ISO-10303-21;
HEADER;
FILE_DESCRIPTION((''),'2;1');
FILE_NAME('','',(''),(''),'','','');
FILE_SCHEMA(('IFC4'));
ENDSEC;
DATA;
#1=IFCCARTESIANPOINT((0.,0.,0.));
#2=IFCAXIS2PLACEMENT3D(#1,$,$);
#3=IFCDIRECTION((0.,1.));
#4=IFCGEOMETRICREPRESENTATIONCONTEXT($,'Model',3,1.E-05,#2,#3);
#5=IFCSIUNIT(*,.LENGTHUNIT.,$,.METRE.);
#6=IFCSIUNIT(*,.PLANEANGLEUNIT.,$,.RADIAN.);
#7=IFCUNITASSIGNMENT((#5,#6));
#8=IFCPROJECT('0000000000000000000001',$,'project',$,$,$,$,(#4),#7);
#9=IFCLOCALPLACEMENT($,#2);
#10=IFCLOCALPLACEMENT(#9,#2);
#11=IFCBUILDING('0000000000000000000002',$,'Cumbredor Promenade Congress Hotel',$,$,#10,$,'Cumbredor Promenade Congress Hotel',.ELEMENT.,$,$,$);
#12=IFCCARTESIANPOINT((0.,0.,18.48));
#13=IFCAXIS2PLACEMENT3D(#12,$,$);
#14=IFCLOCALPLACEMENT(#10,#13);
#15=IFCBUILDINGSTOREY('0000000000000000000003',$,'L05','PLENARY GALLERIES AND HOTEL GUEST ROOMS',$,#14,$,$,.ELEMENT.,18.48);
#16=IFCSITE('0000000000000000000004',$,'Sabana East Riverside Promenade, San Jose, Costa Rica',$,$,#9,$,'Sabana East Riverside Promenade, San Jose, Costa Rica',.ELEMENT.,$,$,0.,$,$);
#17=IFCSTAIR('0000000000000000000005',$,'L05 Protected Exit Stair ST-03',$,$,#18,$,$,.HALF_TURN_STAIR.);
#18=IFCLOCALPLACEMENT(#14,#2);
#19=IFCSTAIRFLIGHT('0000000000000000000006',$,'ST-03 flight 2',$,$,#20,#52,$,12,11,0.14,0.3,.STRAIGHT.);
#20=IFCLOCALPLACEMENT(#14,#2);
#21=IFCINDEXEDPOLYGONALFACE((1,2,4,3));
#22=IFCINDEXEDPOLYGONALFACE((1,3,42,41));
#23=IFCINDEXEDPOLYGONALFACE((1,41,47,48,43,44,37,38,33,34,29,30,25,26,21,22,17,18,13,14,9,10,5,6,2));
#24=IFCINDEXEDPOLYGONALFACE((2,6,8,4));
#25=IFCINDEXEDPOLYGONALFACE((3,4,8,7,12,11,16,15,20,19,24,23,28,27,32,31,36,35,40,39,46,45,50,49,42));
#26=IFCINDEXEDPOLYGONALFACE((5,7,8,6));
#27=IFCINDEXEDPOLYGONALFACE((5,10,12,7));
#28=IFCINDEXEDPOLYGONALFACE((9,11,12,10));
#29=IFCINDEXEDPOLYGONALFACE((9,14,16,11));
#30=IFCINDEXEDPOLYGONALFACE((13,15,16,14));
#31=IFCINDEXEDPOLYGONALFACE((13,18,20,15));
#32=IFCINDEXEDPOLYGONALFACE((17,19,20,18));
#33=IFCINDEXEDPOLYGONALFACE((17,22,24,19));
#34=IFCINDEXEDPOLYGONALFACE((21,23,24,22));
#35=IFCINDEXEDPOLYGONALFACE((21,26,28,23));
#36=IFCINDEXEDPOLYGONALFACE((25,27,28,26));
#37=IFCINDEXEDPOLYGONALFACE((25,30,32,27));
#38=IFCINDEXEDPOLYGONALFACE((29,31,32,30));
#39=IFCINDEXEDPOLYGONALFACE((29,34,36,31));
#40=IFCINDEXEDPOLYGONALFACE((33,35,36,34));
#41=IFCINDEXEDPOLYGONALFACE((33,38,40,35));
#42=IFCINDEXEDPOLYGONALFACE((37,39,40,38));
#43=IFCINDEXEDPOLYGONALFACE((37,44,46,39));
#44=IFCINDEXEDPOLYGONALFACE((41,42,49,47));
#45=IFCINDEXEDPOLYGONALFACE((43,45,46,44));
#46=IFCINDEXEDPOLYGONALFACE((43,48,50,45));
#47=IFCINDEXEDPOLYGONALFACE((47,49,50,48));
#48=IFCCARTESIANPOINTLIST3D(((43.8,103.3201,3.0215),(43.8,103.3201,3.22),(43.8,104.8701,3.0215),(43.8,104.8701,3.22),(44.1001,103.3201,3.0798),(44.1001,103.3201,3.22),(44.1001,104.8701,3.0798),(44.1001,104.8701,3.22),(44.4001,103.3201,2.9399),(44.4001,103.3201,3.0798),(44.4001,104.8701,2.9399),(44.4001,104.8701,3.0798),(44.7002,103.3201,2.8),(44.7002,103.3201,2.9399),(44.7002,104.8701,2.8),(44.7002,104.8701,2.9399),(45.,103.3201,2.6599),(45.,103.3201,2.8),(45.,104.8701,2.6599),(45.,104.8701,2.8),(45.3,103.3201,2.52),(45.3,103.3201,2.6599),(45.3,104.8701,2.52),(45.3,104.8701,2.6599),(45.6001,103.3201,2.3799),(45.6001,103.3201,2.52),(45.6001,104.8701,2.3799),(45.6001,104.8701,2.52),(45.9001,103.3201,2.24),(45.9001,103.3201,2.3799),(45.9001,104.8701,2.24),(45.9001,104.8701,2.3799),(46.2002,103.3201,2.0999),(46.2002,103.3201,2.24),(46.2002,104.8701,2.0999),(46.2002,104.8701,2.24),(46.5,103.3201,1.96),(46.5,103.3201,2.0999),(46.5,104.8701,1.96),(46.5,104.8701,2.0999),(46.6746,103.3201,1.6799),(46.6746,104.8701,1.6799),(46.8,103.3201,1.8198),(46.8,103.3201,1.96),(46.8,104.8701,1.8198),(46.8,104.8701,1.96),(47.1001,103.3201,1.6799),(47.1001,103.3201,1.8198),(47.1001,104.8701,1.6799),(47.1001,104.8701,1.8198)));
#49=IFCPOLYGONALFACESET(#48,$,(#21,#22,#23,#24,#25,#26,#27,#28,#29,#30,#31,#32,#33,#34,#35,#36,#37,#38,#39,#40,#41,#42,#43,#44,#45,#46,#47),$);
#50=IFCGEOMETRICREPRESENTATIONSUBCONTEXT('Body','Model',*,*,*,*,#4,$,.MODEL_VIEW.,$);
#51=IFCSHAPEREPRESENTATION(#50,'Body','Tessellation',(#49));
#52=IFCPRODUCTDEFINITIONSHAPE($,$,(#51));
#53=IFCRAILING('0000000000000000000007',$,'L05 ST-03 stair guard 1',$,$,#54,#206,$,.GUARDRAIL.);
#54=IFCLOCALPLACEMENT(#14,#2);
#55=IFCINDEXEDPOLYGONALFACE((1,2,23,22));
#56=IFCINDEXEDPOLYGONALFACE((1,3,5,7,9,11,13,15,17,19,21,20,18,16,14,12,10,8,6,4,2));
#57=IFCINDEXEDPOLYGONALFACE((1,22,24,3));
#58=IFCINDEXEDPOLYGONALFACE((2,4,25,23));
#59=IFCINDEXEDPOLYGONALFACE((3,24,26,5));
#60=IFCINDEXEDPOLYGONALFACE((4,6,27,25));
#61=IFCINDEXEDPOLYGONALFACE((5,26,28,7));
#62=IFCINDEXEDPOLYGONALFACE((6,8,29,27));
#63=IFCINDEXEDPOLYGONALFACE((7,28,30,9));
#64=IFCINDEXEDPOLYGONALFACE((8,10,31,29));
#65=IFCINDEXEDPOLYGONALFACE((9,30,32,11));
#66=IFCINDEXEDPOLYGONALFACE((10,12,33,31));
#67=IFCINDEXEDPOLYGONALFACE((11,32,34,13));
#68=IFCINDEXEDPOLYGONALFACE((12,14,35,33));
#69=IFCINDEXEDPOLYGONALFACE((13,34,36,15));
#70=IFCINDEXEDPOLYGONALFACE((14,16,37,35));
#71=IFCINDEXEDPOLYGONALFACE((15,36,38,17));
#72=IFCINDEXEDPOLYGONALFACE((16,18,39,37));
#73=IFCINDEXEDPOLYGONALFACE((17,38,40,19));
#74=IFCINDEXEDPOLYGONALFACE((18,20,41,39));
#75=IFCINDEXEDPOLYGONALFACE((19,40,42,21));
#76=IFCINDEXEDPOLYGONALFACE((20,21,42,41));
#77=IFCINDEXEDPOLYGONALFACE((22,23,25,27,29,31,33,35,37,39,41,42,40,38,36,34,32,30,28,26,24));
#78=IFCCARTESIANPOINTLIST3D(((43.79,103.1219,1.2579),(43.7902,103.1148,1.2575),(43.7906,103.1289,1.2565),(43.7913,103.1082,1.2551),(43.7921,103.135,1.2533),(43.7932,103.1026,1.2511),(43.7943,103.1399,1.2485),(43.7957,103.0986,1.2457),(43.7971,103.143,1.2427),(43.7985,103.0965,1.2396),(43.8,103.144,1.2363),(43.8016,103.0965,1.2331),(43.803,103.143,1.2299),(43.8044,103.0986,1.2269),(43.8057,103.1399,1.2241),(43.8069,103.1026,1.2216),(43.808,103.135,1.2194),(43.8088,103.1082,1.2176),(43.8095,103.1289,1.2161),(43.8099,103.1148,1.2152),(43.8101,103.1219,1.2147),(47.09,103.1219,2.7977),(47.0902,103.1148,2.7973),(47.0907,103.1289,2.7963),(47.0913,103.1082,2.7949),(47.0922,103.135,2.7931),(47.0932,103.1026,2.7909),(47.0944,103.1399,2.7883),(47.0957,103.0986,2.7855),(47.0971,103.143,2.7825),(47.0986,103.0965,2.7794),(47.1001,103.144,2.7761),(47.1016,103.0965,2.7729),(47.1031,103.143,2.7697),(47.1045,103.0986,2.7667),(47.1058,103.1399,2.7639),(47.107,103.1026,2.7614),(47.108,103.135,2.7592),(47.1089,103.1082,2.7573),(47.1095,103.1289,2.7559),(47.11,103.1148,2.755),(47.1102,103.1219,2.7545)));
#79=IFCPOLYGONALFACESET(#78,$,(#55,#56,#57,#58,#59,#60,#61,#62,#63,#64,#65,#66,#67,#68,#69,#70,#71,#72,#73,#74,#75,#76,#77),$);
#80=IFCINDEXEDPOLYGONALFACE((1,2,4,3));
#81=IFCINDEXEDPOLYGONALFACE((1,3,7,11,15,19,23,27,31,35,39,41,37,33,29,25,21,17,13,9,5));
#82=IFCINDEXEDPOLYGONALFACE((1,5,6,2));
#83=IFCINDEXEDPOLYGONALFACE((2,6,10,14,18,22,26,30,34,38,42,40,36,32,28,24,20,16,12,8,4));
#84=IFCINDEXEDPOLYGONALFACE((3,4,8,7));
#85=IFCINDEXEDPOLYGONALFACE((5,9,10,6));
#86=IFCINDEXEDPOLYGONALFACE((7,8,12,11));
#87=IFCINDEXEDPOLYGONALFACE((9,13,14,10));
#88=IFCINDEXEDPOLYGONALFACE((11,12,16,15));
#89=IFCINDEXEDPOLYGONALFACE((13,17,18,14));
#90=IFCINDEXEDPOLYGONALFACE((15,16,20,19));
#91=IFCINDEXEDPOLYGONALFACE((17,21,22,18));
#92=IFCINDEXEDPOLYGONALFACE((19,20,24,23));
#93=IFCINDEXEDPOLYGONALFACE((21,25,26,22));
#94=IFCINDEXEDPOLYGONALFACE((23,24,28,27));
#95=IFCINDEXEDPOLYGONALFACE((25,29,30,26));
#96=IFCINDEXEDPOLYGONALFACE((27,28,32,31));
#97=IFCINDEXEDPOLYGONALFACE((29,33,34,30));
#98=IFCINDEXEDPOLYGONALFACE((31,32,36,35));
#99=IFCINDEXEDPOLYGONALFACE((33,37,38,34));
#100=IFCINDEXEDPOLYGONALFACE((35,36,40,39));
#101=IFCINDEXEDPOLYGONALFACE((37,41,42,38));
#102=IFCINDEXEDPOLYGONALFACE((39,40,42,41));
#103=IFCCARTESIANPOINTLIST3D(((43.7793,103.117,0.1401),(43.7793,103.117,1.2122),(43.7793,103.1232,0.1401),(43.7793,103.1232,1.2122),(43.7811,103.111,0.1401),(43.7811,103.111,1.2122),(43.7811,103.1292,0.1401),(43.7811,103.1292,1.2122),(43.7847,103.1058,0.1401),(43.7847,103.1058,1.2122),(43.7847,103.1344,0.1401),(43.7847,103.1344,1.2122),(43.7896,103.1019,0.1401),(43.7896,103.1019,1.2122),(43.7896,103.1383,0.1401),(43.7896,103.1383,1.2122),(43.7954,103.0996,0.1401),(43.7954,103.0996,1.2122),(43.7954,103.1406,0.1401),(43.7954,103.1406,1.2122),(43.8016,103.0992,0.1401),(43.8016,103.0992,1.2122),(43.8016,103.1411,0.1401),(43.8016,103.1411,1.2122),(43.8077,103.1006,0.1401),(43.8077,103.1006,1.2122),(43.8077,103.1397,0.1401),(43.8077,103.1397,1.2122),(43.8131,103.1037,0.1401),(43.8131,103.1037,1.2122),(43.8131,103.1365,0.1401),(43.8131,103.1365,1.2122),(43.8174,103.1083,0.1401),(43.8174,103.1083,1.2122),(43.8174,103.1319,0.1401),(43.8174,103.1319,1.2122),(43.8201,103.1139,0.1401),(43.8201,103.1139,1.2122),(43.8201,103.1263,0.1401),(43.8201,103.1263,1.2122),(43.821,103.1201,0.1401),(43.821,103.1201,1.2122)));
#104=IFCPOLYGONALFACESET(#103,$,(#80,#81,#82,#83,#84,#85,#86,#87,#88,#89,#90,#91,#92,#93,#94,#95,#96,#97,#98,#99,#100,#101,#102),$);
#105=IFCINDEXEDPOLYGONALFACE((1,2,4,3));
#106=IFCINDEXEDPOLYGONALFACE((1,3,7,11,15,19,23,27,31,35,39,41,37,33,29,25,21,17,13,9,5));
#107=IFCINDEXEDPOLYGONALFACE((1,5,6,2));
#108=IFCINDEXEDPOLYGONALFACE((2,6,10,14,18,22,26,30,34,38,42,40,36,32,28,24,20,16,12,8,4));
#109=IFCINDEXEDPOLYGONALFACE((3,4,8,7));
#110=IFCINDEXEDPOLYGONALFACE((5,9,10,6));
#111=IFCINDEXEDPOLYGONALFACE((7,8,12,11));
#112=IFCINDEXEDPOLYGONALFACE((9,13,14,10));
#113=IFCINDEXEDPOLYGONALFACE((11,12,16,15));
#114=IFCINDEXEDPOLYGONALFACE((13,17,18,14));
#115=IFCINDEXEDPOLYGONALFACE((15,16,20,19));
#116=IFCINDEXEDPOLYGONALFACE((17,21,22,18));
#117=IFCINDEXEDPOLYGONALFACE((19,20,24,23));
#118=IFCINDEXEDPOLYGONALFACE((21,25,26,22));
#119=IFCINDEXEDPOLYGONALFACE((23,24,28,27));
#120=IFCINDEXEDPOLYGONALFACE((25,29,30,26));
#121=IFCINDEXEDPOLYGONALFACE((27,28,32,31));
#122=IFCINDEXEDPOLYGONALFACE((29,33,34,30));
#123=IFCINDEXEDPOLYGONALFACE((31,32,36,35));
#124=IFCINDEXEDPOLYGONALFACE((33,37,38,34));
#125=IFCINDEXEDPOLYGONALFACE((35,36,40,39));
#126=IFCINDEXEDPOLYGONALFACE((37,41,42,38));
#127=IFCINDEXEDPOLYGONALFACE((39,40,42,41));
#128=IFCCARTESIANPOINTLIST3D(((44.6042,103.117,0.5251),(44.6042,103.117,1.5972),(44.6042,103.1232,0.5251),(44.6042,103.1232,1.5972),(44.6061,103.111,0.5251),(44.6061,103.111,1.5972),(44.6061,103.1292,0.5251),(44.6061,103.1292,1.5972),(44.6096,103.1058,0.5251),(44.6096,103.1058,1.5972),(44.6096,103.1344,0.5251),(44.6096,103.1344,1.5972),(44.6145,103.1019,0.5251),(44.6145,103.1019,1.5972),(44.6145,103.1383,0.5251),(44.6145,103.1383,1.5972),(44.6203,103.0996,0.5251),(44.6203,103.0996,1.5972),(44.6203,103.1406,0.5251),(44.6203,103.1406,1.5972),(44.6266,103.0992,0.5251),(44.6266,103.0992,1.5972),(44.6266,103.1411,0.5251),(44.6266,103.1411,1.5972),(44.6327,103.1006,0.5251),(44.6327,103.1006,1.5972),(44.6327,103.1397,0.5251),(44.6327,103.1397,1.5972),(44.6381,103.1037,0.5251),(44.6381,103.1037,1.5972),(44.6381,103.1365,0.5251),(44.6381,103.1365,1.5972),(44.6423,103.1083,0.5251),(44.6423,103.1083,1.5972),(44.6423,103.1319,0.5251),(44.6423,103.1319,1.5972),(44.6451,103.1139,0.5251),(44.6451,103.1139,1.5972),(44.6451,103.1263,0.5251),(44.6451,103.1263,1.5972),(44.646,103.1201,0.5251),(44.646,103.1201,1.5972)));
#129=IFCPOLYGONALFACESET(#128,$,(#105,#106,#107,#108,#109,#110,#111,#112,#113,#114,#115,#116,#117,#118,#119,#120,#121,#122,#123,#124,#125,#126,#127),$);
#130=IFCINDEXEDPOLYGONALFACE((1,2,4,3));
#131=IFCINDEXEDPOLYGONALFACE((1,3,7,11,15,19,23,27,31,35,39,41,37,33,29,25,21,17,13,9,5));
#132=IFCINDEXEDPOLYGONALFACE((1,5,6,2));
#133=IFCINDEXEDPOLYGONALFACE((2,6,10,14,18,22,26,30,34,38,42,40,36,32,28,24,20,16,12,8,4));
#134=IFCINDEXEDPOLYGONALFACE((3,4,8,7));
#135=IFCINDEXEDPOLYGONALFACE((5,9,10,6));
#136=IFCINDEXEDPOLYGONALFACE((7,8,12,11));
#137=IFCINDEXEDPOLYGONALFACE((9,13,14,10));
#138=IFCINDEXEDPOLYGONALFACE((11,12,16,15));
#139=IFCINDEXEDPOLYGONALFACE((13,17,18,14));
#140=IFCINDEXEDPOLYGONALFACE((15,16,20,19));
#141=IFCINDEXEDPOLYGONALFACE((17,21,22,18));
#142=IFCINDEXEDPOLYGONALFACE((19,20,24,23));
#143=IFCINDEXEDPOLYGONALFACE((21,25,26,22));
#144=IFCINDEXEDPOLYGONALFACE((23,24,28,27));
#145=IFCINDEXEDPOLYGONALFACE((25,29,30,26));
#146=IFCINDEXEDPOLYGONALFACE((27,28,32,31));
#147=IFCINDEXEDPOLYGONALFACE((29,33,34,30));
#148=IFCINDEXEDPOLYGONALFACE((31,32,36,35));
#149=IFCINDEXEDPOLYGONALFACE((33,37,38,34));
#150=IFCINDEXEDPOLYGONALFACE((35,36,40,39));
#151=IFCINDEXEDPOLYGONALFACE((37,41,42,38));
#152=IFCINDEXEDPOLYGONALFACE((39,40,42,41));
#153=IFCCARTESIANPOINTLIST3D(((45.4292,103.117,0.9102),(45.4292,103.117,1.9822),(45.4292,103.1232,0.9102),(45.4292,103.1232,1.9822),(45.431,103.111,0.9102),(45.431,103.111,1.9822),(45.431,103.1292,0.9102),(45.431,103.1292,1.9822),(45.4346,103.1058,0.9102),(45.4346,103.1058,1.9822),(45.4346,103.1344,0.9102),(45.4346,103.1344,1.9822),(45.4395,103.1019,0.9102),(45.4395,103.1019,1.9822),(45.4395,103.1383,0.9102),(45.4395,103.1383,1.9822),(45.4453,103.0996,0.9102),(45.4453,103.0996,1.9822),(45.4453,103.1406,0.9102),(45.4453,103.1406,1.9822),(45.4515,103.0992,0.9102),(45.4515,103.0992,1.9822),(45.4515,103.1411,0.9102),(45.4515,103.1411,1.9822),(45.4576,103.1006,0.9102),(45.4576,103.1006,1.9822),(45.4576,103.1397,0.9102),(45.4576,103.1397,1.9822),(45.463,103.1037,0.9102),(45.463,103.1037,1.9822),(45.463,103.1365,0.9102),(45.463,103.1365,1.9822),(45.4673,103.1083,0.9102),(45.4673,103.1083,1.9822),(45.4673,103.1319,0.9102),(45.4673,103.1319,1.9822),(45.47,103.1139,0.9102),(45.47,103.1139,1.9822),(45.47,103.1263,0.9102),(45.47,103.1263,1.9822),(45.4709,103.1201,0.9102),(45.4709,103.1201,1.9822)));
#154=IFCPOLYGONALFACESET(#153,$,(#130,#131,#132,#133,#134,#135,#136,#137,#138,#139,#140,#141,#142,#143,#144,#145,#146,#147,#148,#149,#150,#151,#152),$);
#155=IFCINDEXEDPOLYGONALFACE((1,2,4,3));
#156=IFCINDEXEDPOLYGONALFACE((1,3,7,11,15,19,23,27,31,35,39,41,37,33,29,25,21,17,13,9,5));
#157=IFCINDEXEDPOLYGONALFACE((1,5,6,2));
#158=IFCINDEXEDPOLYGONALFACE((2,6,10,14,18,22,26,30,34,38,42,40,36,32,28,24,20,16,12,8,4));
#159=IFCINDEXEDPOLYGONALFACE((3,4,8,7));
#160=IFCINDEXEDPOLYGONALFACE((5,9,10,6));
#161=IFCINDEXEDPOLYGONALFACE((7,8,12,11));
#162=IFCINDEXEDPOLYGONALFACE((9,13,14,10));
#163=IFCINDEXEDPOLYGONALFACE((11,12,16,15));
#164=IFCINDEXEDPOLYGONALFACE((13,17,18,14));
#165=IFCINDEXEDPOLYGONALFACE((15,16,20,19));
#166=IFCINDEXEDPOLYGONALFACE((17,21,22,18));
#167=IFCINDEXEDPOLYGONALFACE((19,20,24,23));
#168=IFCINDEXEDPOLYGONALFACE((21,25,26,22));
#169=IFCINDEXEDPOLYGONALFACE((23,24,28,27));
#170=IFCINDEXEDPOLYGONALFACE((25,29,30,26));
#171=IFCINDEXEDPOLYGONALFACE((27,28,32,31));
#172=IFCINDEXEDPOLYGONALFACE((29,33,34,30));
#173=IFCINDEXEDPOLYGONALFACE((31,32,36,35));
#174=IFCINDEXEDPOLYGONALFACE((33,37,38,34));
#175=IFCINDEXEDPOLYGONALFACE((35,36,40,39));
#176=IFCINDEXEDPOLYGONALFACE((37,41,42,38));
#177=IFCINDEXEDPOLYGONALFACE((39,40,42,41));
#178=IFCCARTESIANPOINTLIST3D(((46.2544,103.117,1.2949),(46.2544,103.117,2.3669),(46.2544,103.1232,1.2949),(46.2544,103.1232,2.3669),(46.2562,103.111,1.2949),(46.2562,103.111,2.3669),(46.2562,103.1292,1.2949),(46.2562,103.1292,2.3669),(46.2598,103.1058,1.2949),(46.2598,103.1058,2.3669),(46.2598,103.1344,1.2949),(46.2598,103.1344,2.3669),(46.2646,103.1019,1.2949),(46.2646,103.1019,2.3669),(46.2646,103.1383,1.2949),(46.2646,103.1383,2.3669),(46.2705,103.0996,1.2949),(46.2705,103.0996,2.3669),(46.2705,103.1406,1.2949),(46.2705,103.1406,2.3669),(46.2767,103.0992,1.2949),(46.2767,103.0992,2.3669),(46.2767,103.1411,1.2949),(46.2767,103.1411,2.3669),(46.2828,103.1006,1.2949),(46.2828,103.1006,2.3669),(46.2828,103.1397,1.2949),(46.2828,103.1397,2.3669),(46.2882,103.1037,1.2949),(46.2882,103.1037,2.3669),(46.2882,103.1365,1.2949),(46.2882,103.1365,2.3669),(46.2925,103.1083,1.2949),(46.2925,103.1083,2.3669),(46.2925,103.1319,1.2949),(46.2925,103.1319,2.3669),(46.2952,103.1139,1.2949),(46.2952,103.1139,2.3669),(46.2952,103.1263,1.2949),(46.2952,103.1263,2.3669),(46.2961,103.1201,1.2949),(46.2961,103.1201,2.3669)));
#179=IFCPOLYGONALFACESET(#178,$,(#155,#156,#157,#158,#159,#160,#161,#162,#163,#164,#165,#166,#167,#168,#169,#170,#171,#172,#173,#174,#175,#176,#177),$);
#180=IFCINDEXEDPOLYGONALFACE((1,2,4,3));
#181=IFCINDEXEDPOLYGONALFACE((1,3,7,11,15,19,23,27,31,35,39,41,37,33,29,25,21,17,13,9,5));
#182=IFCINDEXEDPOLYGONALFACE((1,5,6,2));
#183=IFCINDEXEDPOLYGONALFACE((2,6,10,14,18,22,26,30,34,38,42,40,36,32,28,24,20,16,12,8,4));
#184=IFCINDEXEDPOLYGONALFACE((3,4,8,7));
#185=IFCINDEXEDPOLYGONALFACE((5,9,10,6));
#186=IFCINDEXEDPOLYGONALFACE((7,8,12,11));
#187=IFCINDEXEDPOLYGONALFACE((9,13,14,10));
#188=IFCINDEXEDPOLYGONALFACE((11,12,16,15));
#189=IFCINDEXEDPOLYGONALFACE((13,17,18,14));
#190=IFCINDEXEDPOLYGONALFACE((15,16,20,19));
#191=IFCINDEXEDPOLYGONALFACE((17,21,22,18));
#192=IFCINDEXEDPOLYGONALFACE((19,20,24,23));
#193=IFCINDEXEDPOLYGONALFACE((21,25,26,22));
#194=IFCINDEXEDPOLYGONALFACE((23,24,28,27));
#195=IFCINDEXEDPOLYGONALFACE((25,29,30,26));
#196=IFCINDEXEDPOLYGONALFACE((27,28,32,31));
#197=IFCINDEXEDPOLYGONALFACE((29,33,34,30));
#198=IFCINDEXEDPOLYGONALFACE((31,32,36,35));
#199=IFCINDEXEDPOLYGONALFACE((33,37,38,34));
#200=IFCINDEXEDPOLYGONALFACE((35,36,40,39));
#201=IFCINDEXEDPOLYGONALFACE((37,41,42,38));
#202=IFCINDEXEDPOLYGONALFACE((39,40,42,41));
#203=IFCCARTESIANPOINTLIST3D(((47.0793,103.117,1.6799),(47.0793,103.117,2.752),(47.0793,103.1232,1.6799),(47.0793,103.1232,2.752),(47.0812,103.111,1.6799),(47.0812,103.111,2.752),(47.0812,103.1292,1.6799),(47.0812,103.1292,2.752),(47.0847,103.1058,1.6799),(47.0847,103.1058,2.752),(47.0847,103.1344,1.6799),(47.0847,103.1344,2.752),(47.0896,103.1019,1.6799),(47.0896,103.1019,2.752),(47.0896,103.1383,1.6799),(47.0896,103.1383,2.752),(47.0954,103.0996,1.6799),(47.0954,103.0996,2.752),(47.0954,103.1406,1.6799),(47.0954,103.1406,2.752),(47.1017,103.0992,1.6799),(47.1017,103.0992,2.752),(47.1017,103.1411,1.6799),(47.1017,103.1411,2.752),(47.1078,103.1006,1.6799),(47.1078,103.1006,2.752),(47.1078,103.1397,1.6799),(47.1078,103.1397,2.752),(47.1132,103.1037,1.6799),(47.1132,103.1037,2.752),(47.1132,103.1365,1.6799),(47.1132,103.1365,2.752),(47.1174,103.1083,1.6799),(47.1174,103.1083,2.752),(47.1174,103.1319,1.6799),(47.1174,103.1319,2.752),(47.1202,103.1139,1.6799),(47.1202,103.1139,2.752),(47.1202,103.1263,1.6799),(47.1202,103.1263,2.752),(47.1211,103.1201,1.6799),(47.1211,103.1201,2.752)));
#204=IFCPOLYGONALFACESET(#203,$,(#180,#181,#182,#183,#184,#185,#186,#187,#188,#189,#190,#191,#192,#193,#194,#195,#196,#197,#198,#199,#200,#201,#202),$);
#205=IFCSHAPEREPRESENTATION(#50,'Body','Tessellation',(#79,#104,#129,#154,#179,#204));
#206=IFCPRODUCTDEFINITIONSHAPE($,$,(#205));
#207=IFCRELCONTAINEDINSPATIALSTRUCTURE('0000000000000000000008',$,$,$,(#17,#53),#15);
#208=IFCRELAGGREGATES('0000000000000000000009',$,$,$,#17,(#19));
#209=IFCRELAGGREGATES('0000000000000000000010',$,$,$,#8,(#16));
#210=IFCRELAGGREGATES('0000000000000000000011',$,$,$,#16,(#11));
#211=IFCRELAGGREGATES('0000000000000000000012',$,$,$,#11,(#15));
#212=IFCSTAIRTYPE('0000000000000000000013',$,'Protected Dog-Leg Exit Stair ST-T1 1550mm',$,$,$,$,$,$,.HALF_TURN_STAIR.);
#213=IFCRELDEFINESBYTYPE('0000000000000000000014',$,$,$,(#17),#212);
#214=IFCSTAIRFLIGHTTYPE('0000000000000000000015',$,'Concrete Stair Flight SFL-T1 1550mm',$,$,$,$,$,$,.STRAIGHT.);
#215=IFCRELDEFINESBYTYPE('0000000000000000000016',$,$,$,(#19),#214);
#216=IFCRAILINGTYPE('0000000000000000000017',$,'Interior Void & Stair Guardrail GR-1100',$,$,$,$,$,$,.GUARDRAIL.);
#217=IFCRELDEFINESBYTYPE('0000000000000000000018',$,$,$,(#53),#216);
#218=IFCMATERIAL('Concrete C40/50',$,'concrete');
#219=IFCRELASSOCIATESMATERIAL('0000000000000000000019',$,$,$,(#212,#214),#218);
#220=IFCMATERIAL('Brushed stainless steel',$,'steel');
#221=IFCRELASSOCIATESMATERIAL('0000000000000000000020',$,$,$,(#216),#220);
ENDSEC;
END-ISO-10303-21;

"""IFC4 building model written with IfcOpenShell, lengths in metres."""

from ifc_helpers import new_model, si_unit, direction, frame, origin, origin_2d, place, context, subcontext, project, spatial, polyline, circle, outline, extrude, material, type_object, element, aggregate, save


model = new_model("IFC4")

# Units and contexts
model_context = context("Model", 3, precision=1e-05, world=origin(), true_north=direction((0.0, 1.0)))
body_context = subcontext(model_context, "Body", "Model", "MODEL_VIEW")
ifc_project = project(units=[si_unit("LENGTHUNIT", "METRE"), si_unit("PLANEANGLEUNIT", "RADIAN")], contexts=[model_context])

# Site, building, storey
site_placement = place(None, origin())
site = spatial("IfcSite", under=ifc_project, at=site_placement, Name="Sabana East Riverside Promenade, San Jose, Costa Rica", LongName="Sabana East Riverside Promenade, San Jose, Costa Rica", CompositionType="ELEMENT", RefElevation=0.0)
building_placement = place(site_placement, origin())
building = spatial("IfcBuilding", under=site, at=building_placement, Name="Cumbredor Promenade Congress Hotel", LongName="Cumbredor Promenade Congress Hotel", CompositionType="ELEMENT")
storey_placement = place(building_placement, frame((0.0, 0.0, 18.48)))
storey = spatial("IfcBuildingStorey", under=building, at=storey_placement, Name="L05", Description="PLENARY GALLERIES AND HOTEL GUEST ROOMS", CompositionType="ELEMENT", Elevation=18.48)

# Shared definitions
ifc_material_1 = material(Name="Concrete C40/50", Category="concrete")

# Stair, stair flight
stair_type = type_object("IfcStairType", Name="Protected Dog-Leg Exit Stair ST-T1 1550mm", PredefinedType="HALF_TURN_STAIR", material=ifc_material_1)
stair_placement = place(storey_placement, origin())
stair = element("IfcStair", 1, at=stair_placement, inside=storey, type_object=stair_type, Name="L05 Protected Exit Stair ST-03", PredefinedType="HALF_TURN_STAIR")
stair_flight_type = type_object("IfcStairFlightType", Name="Concrete Stair Flight SFL-T1 1550mm", PredefinedType="STRAIGHT", material=ifc_material_1)
stair_flight_placement = place(storey_placement, frame((47.1001, 104.095, 1.6799), z_axis=(0.0, 0.0, 1.0), x_axis=(-1.0, 0.0, 0.0)))
stair_flight = element("IfcStairFlight", 2, at=stair_flight_placement, type_object=stair_flight_type, Name="ST-03 flight 2", NumberOfRisers=12, NumberOfTreads=11, PredefinedType="STRAIGHT", RiserHeight=0.14, TreadLength=0.3, context=body_context, shape_type="SweptSolid", body=[
    extrude(outline(polyline([(0.0, 0.0), (0.0, 0.1399), (0.3, 0.1399), (0.3, 0.28), (0.6001, 0.28), (0.6001, 0.4199), (0.8999, 0.4199), (0.8999, 0.5601), (1.2, 0.5601), (1.2, 0.7), (1.5, 0.7), (1.5, 0.8401), (1.8, 0.8401), (1.8, 0.98), (2.1001, 0.98), (2.1001, 1.1201), (2.3999, 1.1201), (2.3999, 1.26), (2.7, 1.26), (2.7, 1.3999), (3.0, 1.3999), (3.0, 1.54), (3.3, 1.54), (3.3, 1.6799), (3.3, 1.3416), (0.4255, 0.0), (0.0, 0.0)])), frame((0.0, 0.7749, 0.0), z_axis=(0.0, -1.0, 0.0), x_axis=(1.0, 0.0, 0.0)), (0.0, 0.0, 1.0), 1.55),
])
aggregate(stair, [stair_flight])

# Railing
ifc_material_2 = material(Name="Brushed stainless steel", Category="steel")
railing_type_1 = type_object("IfcRailingType", Name="Interior Void & Stair Guardrail GR-1100", PredefinedType="GUARDRAIL", material=ifc_material_2)
railing_1_placement = place(storey_placement, frame((43.8, 103.1201, 0.1401)))
element("IfcRailing", 3, at=railing_1_placement, inside=storey, type_object=railing_type_1, Name="L05 ST-03 stair guard 1", PredefinedType="GUARDRAIL", context=body_context, shape_type="SweptSolid", body=[
    extrude(circle(Radius=0.0239, at=origin_2d()), frame((0.0, 0.0, 1.0962), z_axis=(0.906207, 0.0, 0.422834), x_axis=(0.0, 1.0, 0.0)), (0.0, 0.0, 1.0), 3.6416),
    extrude(circle(Radius=0.021, at=origin_2d()), origin(), (0.0, 0.0, 1.0), 1.072),
    extrude(circle(Radius=0.021, at=origin_2d()), frame((0.825, 0.0, 0.385)), (0.0, 0.0, 1.0), 1.072),
    extrude(circle(Radius=0.021, at=origin_2d()), frame((1.6499, 0.0, 0.77)), (0.0, 0.0, 1.0), 1.072),
    extrude(circle(Radius=0.021, at=origin_2d()), frame((2.4751, 0.0, 1.1548)), (0.0, 0.0, 1.0), 1.072),
    extrude(circle(Radius=0.021, at=origin_2d()), frame((3.3, 0.0, 1.5398)), (0.0, 0.0, 1.0), 1.072),
])

save(model, "model.ifc")
